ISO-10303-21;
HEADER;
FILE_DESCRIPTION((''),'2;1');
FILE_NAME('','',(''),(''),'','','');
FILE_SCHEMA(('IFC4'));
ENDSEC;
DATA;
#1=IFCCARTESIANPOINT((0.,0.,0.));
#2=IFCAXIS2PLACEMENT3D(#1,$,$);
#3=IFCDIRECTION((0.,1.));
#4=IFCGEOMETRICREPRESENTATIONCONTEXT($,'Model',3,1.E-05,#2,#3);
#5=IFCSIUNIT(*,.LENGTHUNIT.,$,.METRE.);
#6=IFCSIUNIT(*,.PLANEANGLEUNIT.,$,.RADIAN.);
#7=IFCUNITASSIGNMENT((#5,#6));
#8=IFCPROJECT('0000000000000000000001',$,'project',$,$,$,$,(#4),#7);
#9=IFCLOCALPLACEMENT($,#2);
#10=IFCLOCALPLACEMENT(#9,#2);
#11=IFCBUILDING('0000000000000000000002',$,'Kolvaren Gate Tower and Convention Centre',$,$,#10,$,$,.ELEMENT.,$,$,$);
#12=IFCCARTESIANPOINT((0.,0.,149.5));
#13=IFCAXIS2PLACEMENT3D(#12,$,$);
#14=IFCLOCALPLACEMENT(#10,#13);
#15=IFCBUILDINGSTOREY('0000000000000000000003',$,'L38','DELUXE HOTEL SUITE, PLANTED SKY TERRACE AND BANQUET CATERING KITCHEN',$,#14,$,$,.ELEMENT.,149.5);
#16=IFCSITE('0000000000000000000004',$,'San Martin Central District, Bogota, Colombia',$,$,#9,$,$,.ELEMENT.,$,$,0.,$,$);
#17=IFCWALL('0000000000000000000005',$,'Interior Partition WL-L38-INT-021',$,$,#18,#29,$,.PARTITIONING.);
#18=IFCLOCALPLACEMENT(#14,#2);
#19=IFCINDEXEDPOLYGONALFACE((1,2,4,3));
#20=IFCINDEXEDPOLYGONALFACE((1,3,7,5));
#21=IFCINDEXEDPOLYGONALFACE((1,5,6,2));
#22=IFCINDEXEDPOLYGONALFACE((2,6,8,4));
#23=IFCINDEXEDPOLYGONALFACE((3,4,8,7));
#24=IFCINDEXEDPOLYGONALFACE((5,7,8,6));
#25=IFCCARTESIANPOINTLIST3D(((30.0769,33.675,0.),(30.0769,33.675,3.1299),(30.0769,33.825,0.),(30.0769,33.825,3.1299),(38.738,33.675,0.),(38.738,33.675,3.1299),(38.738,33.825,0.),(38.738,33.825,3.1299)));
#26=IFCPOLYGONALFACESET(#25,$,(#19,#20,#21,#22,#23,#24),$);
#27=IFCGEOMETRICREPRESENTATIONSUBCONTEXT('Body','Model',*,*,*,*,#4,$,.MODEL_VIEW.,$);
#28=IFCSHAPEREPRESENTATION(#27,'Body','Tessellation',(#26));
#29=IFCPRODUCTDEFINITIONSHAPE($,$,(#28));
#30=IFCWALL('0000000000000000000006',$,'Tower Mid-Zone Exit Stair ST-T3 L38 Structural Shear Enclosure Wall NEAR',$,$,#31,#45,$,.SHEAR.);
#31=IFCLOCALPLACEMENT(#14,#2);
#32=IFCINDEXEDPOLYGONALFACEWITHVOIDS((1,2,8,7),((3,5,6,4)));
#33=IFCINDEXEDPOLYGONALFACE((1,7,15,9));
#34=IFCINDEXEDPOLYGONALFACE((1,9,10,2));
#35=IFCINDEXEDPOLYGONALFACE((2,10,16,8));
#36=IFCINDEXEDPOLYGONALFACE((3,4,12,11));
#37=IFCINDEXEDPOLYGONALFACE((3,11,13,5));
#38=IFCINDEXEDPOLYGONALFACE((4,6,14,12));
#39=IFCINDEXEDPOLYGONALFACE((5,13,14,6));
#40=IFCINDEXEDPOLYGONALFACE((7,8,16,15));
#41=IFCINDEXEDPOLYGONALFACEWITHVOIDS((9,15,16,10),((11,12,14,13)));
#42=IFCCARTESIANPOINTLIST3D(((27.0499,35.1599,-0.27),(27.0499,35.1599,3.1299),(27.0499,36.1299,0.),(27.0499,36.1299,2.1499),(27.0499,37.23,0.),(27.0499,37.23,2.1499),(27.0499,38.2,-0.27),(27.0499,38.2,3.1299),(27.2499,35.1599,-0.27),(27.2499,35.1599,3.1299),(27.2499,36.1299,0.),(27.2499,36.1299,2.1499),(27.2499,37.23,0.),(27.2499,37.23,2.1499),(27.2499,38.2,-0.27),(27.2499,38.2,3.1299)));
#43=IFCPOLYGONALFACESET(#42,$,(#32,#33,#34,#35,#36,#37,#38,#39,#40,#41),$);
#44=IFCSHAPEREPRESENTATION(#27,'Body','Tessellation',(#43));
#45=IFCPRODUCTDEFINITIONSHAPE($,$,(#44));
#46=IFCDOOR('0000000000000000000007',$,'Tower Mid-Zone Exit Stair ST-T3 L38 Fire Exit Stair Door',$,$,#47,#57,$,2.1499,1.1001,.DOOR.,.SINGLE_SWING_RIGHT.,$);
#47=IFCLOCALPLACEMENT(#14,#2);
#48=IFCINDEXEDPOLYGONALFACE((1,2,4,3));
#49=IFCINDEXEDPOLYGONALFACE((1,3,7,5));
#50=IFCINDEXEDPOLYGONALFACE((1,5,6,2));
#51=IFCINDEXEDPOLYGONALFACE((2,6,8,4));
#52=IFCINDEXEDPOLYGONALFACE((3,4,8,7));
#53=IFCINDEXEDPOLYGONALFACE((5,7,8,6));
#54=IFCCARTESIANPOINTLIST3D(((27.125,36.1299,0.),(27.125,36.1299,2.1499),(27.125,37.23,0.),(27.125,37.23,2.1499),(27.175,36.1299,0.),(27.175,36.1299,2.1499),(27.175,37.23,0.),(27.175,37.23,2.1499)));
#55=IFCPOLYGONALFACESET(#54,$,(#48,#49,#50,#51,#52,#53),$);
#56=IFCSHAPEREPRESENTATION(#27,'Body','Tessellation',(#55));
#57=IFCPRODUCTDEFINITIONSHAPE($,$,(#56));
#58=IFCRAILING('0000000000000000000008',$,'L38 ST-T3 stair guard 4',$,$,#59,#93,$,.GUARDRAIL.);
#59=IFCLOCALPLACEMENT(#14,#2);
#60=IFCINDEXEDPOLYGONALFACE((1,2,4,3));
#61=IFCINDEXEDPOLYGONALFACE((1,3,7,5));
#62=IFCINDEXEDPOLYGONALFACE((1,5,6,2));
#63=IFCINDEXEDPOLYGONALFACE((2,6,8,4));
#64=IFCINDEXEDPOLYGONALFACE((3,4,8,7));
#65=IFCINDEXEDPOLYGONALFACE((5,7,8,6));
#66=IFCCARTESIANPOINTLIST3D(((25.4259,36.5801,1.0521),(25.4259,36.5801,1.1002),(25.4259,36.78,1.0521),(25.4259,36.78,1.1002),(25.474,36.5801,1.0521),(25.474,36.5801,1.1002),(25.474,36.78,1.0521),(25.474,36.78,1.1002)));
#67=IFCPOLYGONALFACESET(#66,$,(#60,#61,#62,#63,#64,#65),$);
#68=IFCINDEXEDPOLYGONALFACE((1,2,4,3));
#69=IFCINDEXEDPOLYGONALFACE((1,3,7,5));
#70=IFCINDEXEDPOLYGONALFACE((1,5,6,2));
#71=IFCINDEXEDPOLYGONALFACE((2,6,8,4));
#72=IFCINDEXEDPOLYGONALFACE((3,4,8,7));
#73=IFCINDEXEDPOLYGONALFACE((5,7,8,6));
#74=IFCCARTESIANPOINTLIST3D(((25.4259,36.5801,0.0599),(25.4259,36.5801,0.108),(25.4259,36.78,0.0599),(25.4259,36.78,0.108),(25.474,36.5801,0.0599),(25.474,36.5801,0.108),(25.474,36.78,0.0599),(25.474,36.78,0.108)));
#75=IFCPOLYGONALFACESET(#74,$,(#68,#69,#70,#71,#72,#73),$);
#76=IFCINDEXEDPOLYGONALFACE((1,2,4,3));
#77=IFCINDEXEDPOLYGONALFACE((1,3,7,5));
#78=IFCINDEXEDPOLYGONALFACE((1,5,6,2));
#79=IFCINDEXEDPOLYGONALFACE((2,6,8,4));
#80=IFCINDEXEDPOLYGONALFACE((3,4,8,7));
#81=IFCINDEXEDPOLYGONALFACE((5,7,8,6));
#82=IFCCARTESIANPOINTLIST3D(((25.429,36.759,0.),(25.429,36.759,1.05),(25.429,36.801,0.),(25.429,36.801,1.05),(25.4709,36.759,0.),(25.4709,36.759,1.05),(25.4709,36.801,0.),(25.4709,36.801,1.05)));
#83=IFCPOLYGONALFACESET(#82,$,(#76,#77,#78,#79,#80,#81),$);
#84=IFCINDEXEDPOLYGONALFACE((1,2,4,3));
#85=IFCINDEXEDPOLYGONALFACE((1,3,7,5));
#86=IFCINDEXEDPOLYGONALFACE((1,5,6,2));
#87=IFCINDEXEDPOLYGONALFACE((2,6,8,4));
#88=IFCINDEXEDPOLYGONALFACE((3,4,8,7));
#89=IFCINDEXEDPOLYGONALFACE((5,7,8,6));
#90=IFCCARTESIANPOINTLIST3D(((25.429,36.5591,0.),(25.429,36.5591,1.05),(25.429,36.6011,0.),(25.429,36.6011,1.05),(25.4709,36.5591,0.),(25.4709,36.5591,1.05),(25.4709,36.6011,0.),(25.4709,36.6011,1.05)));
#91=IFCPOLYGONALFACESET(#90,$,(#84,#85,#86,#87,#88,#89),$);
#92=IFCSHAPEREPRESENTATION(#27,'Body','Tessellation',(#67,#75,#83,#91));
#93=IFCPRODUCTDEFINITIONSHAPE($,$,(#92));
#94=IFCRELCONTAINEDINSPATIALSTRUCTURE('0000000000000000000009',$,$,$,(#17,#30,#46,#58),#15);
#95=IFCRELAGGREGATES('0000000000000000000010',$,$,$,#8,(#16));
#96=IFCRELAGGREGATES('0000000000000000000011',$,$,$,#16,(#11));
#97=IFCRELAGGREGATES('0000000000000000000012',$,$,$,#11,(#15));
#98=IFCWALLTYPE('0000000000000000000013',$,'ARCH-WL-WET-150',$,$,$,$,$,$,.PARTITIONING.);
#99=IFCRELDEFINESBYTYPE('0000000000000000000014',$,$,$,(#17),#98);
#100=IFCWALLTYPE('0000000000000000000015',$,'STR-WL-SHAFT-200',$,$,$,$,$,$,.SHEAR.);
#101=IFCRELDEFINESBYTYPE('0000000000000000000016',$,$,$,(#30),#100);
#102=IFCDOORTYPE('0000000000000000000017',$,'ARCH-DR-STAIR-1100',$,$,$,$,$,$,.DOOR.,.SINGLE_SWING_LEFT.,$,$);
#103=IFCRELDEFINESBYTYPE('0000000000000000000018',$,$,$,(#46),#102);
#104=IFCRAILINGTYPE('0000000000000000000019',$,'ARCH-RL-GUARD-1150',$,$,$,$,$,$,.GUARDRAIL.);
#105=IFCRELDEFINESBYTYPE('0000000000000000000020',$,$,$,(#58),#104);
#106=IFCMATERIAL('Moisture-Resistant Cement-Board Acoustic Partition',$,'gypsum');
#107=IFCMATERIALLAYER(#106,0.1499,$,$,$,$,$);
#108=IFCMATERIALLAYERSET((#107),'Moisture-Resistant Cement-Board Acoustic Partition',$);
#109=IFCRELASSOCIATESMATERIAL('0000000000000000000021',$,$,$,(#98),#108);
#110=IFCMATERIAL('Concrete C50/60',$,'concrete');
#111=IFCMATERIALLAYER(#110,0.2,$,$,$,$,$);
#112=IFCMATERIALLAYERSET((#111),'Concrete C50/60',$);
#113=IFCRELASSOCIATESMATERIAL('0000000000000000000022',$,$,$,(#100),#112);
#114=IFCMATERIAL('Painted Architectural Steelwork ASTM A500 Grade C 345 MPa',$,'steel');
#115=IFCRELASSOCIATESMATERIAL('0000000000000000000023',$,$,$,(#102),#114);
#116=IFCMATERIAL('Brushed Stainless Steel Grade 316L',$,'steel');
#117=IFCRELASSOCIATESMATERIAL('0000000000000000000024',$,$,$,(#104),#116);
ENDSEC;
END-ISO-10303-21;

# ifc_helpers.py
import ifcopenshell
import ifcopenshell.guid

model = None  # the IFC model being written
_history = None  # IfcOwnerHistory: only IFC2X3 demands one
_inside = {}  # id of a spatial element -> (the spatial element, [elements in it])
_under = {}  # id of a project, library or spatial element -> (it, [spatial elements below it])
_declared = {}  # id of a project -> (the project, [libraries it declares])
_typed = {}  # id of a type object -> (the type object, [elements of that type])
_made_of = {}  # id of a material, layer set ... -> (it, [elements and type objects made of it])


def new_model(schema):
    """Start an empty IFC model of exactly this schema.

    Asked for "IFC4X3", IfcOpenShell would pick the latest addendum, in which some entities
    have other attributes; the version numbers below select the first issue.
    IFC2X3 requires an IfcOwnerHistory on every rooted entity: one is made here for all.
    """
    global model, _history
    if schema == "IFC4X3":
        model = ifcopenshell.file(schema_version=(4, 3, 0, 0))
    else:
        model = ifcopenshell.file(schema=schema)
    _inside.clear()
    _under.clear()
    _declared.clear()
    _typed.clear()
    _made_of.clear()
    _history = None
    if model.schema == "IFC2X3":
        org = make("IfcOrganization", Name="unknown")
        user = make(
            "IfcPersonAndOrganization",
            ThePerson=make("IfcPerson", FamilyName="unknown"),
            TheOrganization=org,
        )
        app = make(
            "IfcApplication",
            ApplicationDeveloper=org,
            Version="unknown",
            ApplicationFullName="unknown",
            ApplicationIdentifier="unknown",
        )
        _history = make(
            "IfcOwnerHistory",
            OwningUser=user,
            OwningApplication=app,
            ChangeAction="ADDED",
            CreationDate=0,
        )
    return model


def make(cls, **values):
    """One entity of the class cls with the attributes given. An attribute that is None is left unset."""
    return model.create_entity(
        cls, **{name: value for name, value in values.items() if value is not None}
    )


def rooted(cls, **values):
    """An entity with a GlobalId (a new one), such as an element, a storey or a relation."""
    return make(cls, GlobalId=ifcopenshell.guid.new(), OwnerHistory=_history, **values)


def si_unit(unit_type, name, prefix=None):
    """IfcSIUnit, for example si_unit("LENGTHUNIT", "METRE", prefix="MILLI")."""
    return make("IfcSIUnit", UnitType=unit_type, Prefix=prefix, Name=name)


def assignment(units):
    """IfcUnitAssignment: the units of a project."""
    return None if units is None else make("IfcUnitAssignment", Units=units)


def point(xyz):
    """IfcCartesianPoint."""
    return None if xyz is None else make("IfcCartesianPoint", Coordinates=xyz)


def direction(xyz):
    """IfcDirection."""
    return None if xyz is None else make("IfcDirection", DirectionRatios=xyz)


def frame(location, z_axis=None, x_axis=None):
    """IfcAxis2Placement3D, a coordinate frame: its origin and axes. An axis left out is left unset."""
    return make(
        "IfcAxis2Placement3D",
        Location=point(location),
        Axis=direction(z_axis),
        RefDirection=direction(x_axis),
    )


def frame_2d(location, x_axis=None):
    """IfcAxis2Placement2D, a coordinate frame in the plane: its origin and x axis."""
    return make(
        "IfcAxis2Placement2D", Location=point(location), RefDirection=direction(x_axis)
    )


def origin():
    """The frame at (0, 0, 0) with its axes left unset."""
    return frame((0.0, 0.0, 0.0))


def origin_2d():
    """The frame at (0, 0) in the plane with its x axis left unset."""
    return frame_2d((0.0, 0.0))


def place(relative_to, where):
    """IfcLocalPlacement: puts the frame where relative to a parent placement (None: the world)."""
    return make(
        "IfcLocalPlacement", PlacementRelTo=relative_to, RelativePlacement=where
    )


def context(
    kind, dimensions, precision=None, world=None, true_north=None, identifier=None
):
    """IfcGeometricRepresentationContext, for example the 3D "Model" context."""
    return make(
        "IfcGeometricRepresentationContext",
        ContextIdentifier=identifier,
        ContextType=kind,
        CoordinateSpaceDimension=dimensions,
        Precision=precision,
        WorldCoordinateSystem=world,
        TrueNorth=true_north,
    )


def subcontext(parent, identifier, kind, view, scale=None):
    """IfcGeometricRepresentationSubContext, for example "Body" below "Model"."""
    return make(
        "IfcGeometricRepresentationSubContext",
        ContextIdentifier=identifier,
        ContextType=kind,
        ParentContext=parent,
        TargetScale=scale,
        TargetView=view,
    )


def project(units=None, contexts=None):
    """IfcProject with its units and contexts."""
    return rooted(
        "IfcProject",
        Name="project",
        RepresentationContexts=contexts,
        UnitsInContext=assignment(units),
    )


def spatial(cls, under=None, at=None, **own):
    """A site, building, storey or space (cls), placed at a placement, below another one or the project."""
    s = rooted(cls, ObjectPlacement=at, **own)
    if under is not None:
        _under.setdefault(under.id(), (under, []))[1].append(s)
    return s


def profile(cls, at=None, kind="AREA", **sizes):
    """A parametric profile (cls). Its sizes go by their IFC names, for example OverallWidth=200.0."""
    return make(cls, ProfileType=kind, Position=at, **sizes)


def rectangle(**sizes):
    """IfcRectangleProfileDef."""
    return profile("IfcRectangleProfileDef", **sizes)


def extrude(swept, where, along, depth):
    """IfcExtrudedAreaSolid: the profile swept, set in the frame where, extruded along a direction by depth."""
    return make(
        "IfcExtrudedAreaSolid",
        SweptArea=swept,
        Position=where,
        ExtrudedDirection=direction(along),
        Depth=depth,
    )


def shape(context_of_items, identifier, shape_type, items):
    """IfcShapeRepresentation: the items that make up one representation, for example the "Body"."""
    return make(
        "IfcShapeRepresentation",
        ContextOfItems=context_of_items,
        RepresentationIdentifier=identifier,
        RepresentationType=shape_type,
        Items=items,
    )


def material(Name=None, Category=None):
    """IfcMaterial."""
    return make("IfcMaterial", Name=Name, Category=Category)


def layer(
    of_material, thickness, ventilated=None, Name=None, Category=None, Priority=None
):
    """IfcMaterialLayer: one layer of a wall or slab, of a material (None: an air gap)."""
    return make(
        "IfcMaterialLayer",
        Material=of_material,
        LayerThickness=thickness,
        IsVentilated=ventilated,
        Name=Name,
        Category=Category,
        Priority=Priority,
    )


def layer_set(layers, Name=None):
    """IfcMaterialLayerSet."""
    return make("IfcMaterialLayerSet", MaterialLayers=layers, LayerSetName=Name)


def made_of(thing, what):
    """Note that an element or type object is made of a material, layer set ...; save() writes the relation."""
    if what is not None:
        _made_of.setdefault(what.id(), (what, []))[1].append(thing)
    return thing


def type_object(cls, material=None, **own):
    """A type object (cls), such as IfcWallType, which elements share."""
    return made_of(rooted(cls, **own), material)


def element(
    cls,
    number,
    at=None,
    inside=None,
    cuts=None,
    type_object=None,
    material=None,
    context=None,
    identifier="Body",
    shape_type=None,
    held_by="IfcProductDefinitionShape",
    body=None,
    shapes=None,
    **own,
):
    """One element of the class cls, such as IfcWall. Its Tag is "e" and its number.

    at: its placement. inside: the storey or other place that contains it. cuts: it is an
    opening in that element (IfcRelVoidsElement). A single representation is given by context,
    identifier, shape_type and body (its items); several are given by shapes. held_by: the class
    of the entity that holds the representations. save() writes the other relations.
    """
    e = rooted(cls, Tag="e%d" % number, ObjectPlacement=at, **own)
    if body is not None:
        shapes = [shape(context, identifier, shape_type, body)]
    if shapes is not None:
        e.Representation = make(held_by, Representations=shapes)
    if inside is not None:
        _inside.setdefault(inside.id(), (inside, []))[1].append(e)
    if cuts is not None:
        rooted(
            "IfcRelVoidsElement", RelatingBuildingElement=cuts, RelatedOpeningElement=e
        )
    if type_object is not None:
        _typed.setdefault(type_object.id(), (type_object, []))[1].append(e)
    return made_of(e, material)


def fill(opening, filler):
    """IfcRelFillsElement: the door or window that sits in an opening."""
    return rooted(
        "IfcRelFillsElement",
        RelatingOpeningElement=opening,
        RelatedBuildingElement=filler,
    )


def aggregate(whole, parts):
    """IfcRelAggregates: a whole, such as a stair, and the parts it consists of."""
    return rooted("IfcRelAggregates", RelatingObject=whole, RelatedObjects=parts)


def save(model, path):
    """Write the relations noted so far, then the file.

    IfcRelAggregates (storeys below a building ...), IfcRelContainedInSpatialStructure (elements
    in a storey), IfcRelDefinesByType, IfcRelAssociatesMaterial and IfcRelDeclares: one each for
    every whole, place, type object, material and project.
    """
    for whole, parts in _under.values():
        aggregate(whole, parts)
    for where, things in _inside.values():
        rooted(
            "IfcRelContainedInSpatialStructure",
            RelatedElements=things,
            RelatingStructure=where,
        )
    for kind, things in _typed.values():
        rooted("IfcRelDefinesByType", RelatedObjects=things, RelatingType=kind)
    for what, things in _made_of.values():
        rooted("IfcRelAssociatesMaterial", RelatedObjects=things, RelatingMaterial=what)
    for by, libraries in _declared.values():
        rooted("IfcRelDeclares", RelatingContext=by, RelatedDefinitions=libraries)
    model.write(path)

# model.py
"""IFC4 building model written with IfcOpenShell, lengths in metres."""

from ifc_helpers import new_model, si_unit, direction, frame, frame_2d, origin, origin_2d, place, context, subcontext, project, spatial, rectangle, extrude, material, layer, layer_set, type_object, element, fill, save


model = new_model("IFC4")

# Units and contexts
model_context = context("Model", 3, precision=1e-05, world=origin(), true_north=direction((0.0, 1.0)))
body_context = subcontext(model_context, "Body", "Model", "MODEL_VIEW")
ifc_project = project(units=[si_unit("LENGTHUNIT", "METRE"), si_unit("PLANEANGLEUNIT", "RADIAN")], contexts=[model_context])

# Site, building, storey
site_placement = place(None, origin())
site = spatial("IfcSite", under=ifc_project, at=site_placement, Name="San Martin Central District, Bogota, Colombia", CompositionType="ELEMENT", RefElevation=0.0)
building_placement = place(site_placement, origin())
building = spatial("IfcBuilding", under=site, at=building_placement, Name="Kolvaren Gate Tower and Convention Centre", CompositionType="ELEMENT")
storey_placement = place(building_placement, frame((0.0, 0.0, 149.5)))
storey = spatial("IfcBuildingStorey", under=building, at=storey_placement, Name="L38", Description="DELUXE HOTEL SUITE, PLANTED SKY TERRACE AND BANQUET CATERING KITCHEN", CompositionType="ELEMENT", Elevation=149.5)

# Shared definitions
ifc_material_1 = material(Name="Painted Architectural Steelwork ASTM A500 Grade C 345 MPa", Category="steel")

# Wall
ifc_material_2 = material(Name="Moisture-Resistant Cement-Board Acoustic Partition", Category="gypsum")
ifc_layer_1 = layer(ifc_material_2, 0.1499)
ifc_layer_set_1 = layer_set([ifc_layer_1], Name="Moisture-Resistant Cement-Board Acoustic Partition")
wall_type_1 = type_object("IfcWallType", Name="ARCH-WL-WET-150", PredefinedType="PARTITIONING", material=ifc_layer_set_1)
wall_1_placement = place(storey_placement, frame((30.0769, 33.75, 0.0), z_axis=(0.0, 0.0, 1.0), x_axis=(1.0, 0.0, 0.0)))
element("IfcWall", 1, at=wall_1_placement, inside=storey, type_object=wall_type_1, Name="Interior Partition WL-L38-INT-021", PredefinedType="PARTITIONING", context=body_context, shape_type="SweptSolid", body=[
    extrude(rectangle(XDim=8.6611, YDim=0.1499, at=frame_2d((4.3306, 0.0))), origin(), (0.0, 0.0, 1.0), 3.1299),
])

# Wall, opening, door
ifc_material_3 = material(Name="Concrete C50/60", Category="concrete")
ifc_layer_2 = layer(ifc_material_3, 0.2)
ifc_layer_set_2 = layer_set([ifc_layer_2], Name="Concrete C50/60")
wall_type_2 = type_object("IfcWallType", Name="STR-WL-SHAFT-200", PredefinedType="SHEAR", material=ifc_layer_set_2)
wall_2_placement = place(storey_placement, frame((27.1499, 35.1599, -0.27), z_axis=(0.0, 0.0, 1.0), x_axis=(0.0, 1.0, 0.0)))
wall_2 = element("IfcWall", 2, at=wall_2_placement, inside=storey, type_object=wall_type_2, Name="Tower Mid-Zone Exit Stair ST-T3 L38 Structural Shear Enclosure Wall NEAR", PredefinedType="SHEAR", context=body_context, shape_type="SweptSolid", body=[
    extrude(rectangle(XDim=3.04, YDim=0.2, at=frame_2d((1.52, 0.0))), origin(), (0.0, 0.0, 1.0), 3.3999),
])
opening_1_placement = place(wall_2_placement, frame((0.97, 0.0, 0.27)))
opening_1 = element("IfcOpeningElement", 3, at=opening_1_placement, cuts=wall_2, PredefinedType="OPENING", context=body_context, shape_type="SweptSolid", body=[
    extrude(rectangle(XDim=1.1001, YDim=2.1499, at=frame_2d((0.55, 1.075))), frame((0.0, 0.1099, 0.0), z_axis=(0.0, -1.0, 0.0), x_axis=(1.0, 0.0, 0.0)), (0.0, 0.0, 1.0), 0.22),
])
door_type_1 = type_object("IfcDoorType", Name="ARCH-DR-STAIR-1100", OperationType="SINGLE_SWING_LEFT", PredefinedType="DOOR", material=ifc_material_1)
door_1_placement = place(opening_1_placement, origin())
door_1 = element("IfcDoor", 4, at=door_1_placement, inside=storey, type_object=door_type_1, Name="Tower Mid-Zone Exit Stair ST-T3 L38 Fire Exit Stair Door", OperationType="SINGLE_SWING_RIGHT", OverallHeight=2.1499, OverallWidth=1.1001, PredefinedType="DOOR", context=body_context, shape_type="SweptSolid", body=[
    extrude(rectangle(XDim=1.1001, YDim=2.1499, at=frame_2d((0.55, 1.075))), frame((0.0, 0.0249, 0.0), z_axis=(0.0, -1.0, 0.0), x_axis=(1.0, 0.0, 0.0)), (0.0, 0.0, 1.0), 0.05),
])
fill(opening_1, door_1)

# Railing
ifc_material_4 = material(Name="Brushed Stainless Steel Grade 316L", Category="steel")
railing_type = type_object("IfcRailingType", Name="ARCH-RL-GUARD-1150", PredefinedType="GUARDRAIL", material=ifc_material_4)
railing_placement = place(storey_placement, frame((25.45, 36.78, 0.0)))
element("IfcRailing", 5, at=railing_placement, inside=storey, type_object=railing_type, Name="L38 ST-T3 stair guard 4", PredefinedType="GUARDRAIL", context=body_context, shape_type="SweptSolid", body=[
    extrude(rectangle(XDim=0.0481, YDim=0.0481, at=origin_2d()), frame((0.0, 0.0, 1.0762), z_axis=(0.0, -1.0, 0.0), x_axis=(1.0, 0.0, 0.0)), (0.0, 0.0, 1.0), 0.2),
    extrude(rectangle(XDim=0.0481, YDim=0.0481, at=origin_2d()), frame((0.0, 0.0, 0.084), z_axis=(0.0, -1.0, 0.0), x_axis=(1.0, 0.0, 0.0)), (0.0, 0.0, 1.0), 0.2),
    extrude(rectangle(XDim=0.042, YDim=0.042, at=origin_2d()), origin(), (0.0, 0.0, 1.0), 1.05),
    extrude(rectangle(XDim=0.042, YDim=0.042, at=origin_2d()), frame((0.0, -0.2, 0.0)), (0.0, 0.0, 1.0), 1.05),
])

save(model, "model.ifc")
